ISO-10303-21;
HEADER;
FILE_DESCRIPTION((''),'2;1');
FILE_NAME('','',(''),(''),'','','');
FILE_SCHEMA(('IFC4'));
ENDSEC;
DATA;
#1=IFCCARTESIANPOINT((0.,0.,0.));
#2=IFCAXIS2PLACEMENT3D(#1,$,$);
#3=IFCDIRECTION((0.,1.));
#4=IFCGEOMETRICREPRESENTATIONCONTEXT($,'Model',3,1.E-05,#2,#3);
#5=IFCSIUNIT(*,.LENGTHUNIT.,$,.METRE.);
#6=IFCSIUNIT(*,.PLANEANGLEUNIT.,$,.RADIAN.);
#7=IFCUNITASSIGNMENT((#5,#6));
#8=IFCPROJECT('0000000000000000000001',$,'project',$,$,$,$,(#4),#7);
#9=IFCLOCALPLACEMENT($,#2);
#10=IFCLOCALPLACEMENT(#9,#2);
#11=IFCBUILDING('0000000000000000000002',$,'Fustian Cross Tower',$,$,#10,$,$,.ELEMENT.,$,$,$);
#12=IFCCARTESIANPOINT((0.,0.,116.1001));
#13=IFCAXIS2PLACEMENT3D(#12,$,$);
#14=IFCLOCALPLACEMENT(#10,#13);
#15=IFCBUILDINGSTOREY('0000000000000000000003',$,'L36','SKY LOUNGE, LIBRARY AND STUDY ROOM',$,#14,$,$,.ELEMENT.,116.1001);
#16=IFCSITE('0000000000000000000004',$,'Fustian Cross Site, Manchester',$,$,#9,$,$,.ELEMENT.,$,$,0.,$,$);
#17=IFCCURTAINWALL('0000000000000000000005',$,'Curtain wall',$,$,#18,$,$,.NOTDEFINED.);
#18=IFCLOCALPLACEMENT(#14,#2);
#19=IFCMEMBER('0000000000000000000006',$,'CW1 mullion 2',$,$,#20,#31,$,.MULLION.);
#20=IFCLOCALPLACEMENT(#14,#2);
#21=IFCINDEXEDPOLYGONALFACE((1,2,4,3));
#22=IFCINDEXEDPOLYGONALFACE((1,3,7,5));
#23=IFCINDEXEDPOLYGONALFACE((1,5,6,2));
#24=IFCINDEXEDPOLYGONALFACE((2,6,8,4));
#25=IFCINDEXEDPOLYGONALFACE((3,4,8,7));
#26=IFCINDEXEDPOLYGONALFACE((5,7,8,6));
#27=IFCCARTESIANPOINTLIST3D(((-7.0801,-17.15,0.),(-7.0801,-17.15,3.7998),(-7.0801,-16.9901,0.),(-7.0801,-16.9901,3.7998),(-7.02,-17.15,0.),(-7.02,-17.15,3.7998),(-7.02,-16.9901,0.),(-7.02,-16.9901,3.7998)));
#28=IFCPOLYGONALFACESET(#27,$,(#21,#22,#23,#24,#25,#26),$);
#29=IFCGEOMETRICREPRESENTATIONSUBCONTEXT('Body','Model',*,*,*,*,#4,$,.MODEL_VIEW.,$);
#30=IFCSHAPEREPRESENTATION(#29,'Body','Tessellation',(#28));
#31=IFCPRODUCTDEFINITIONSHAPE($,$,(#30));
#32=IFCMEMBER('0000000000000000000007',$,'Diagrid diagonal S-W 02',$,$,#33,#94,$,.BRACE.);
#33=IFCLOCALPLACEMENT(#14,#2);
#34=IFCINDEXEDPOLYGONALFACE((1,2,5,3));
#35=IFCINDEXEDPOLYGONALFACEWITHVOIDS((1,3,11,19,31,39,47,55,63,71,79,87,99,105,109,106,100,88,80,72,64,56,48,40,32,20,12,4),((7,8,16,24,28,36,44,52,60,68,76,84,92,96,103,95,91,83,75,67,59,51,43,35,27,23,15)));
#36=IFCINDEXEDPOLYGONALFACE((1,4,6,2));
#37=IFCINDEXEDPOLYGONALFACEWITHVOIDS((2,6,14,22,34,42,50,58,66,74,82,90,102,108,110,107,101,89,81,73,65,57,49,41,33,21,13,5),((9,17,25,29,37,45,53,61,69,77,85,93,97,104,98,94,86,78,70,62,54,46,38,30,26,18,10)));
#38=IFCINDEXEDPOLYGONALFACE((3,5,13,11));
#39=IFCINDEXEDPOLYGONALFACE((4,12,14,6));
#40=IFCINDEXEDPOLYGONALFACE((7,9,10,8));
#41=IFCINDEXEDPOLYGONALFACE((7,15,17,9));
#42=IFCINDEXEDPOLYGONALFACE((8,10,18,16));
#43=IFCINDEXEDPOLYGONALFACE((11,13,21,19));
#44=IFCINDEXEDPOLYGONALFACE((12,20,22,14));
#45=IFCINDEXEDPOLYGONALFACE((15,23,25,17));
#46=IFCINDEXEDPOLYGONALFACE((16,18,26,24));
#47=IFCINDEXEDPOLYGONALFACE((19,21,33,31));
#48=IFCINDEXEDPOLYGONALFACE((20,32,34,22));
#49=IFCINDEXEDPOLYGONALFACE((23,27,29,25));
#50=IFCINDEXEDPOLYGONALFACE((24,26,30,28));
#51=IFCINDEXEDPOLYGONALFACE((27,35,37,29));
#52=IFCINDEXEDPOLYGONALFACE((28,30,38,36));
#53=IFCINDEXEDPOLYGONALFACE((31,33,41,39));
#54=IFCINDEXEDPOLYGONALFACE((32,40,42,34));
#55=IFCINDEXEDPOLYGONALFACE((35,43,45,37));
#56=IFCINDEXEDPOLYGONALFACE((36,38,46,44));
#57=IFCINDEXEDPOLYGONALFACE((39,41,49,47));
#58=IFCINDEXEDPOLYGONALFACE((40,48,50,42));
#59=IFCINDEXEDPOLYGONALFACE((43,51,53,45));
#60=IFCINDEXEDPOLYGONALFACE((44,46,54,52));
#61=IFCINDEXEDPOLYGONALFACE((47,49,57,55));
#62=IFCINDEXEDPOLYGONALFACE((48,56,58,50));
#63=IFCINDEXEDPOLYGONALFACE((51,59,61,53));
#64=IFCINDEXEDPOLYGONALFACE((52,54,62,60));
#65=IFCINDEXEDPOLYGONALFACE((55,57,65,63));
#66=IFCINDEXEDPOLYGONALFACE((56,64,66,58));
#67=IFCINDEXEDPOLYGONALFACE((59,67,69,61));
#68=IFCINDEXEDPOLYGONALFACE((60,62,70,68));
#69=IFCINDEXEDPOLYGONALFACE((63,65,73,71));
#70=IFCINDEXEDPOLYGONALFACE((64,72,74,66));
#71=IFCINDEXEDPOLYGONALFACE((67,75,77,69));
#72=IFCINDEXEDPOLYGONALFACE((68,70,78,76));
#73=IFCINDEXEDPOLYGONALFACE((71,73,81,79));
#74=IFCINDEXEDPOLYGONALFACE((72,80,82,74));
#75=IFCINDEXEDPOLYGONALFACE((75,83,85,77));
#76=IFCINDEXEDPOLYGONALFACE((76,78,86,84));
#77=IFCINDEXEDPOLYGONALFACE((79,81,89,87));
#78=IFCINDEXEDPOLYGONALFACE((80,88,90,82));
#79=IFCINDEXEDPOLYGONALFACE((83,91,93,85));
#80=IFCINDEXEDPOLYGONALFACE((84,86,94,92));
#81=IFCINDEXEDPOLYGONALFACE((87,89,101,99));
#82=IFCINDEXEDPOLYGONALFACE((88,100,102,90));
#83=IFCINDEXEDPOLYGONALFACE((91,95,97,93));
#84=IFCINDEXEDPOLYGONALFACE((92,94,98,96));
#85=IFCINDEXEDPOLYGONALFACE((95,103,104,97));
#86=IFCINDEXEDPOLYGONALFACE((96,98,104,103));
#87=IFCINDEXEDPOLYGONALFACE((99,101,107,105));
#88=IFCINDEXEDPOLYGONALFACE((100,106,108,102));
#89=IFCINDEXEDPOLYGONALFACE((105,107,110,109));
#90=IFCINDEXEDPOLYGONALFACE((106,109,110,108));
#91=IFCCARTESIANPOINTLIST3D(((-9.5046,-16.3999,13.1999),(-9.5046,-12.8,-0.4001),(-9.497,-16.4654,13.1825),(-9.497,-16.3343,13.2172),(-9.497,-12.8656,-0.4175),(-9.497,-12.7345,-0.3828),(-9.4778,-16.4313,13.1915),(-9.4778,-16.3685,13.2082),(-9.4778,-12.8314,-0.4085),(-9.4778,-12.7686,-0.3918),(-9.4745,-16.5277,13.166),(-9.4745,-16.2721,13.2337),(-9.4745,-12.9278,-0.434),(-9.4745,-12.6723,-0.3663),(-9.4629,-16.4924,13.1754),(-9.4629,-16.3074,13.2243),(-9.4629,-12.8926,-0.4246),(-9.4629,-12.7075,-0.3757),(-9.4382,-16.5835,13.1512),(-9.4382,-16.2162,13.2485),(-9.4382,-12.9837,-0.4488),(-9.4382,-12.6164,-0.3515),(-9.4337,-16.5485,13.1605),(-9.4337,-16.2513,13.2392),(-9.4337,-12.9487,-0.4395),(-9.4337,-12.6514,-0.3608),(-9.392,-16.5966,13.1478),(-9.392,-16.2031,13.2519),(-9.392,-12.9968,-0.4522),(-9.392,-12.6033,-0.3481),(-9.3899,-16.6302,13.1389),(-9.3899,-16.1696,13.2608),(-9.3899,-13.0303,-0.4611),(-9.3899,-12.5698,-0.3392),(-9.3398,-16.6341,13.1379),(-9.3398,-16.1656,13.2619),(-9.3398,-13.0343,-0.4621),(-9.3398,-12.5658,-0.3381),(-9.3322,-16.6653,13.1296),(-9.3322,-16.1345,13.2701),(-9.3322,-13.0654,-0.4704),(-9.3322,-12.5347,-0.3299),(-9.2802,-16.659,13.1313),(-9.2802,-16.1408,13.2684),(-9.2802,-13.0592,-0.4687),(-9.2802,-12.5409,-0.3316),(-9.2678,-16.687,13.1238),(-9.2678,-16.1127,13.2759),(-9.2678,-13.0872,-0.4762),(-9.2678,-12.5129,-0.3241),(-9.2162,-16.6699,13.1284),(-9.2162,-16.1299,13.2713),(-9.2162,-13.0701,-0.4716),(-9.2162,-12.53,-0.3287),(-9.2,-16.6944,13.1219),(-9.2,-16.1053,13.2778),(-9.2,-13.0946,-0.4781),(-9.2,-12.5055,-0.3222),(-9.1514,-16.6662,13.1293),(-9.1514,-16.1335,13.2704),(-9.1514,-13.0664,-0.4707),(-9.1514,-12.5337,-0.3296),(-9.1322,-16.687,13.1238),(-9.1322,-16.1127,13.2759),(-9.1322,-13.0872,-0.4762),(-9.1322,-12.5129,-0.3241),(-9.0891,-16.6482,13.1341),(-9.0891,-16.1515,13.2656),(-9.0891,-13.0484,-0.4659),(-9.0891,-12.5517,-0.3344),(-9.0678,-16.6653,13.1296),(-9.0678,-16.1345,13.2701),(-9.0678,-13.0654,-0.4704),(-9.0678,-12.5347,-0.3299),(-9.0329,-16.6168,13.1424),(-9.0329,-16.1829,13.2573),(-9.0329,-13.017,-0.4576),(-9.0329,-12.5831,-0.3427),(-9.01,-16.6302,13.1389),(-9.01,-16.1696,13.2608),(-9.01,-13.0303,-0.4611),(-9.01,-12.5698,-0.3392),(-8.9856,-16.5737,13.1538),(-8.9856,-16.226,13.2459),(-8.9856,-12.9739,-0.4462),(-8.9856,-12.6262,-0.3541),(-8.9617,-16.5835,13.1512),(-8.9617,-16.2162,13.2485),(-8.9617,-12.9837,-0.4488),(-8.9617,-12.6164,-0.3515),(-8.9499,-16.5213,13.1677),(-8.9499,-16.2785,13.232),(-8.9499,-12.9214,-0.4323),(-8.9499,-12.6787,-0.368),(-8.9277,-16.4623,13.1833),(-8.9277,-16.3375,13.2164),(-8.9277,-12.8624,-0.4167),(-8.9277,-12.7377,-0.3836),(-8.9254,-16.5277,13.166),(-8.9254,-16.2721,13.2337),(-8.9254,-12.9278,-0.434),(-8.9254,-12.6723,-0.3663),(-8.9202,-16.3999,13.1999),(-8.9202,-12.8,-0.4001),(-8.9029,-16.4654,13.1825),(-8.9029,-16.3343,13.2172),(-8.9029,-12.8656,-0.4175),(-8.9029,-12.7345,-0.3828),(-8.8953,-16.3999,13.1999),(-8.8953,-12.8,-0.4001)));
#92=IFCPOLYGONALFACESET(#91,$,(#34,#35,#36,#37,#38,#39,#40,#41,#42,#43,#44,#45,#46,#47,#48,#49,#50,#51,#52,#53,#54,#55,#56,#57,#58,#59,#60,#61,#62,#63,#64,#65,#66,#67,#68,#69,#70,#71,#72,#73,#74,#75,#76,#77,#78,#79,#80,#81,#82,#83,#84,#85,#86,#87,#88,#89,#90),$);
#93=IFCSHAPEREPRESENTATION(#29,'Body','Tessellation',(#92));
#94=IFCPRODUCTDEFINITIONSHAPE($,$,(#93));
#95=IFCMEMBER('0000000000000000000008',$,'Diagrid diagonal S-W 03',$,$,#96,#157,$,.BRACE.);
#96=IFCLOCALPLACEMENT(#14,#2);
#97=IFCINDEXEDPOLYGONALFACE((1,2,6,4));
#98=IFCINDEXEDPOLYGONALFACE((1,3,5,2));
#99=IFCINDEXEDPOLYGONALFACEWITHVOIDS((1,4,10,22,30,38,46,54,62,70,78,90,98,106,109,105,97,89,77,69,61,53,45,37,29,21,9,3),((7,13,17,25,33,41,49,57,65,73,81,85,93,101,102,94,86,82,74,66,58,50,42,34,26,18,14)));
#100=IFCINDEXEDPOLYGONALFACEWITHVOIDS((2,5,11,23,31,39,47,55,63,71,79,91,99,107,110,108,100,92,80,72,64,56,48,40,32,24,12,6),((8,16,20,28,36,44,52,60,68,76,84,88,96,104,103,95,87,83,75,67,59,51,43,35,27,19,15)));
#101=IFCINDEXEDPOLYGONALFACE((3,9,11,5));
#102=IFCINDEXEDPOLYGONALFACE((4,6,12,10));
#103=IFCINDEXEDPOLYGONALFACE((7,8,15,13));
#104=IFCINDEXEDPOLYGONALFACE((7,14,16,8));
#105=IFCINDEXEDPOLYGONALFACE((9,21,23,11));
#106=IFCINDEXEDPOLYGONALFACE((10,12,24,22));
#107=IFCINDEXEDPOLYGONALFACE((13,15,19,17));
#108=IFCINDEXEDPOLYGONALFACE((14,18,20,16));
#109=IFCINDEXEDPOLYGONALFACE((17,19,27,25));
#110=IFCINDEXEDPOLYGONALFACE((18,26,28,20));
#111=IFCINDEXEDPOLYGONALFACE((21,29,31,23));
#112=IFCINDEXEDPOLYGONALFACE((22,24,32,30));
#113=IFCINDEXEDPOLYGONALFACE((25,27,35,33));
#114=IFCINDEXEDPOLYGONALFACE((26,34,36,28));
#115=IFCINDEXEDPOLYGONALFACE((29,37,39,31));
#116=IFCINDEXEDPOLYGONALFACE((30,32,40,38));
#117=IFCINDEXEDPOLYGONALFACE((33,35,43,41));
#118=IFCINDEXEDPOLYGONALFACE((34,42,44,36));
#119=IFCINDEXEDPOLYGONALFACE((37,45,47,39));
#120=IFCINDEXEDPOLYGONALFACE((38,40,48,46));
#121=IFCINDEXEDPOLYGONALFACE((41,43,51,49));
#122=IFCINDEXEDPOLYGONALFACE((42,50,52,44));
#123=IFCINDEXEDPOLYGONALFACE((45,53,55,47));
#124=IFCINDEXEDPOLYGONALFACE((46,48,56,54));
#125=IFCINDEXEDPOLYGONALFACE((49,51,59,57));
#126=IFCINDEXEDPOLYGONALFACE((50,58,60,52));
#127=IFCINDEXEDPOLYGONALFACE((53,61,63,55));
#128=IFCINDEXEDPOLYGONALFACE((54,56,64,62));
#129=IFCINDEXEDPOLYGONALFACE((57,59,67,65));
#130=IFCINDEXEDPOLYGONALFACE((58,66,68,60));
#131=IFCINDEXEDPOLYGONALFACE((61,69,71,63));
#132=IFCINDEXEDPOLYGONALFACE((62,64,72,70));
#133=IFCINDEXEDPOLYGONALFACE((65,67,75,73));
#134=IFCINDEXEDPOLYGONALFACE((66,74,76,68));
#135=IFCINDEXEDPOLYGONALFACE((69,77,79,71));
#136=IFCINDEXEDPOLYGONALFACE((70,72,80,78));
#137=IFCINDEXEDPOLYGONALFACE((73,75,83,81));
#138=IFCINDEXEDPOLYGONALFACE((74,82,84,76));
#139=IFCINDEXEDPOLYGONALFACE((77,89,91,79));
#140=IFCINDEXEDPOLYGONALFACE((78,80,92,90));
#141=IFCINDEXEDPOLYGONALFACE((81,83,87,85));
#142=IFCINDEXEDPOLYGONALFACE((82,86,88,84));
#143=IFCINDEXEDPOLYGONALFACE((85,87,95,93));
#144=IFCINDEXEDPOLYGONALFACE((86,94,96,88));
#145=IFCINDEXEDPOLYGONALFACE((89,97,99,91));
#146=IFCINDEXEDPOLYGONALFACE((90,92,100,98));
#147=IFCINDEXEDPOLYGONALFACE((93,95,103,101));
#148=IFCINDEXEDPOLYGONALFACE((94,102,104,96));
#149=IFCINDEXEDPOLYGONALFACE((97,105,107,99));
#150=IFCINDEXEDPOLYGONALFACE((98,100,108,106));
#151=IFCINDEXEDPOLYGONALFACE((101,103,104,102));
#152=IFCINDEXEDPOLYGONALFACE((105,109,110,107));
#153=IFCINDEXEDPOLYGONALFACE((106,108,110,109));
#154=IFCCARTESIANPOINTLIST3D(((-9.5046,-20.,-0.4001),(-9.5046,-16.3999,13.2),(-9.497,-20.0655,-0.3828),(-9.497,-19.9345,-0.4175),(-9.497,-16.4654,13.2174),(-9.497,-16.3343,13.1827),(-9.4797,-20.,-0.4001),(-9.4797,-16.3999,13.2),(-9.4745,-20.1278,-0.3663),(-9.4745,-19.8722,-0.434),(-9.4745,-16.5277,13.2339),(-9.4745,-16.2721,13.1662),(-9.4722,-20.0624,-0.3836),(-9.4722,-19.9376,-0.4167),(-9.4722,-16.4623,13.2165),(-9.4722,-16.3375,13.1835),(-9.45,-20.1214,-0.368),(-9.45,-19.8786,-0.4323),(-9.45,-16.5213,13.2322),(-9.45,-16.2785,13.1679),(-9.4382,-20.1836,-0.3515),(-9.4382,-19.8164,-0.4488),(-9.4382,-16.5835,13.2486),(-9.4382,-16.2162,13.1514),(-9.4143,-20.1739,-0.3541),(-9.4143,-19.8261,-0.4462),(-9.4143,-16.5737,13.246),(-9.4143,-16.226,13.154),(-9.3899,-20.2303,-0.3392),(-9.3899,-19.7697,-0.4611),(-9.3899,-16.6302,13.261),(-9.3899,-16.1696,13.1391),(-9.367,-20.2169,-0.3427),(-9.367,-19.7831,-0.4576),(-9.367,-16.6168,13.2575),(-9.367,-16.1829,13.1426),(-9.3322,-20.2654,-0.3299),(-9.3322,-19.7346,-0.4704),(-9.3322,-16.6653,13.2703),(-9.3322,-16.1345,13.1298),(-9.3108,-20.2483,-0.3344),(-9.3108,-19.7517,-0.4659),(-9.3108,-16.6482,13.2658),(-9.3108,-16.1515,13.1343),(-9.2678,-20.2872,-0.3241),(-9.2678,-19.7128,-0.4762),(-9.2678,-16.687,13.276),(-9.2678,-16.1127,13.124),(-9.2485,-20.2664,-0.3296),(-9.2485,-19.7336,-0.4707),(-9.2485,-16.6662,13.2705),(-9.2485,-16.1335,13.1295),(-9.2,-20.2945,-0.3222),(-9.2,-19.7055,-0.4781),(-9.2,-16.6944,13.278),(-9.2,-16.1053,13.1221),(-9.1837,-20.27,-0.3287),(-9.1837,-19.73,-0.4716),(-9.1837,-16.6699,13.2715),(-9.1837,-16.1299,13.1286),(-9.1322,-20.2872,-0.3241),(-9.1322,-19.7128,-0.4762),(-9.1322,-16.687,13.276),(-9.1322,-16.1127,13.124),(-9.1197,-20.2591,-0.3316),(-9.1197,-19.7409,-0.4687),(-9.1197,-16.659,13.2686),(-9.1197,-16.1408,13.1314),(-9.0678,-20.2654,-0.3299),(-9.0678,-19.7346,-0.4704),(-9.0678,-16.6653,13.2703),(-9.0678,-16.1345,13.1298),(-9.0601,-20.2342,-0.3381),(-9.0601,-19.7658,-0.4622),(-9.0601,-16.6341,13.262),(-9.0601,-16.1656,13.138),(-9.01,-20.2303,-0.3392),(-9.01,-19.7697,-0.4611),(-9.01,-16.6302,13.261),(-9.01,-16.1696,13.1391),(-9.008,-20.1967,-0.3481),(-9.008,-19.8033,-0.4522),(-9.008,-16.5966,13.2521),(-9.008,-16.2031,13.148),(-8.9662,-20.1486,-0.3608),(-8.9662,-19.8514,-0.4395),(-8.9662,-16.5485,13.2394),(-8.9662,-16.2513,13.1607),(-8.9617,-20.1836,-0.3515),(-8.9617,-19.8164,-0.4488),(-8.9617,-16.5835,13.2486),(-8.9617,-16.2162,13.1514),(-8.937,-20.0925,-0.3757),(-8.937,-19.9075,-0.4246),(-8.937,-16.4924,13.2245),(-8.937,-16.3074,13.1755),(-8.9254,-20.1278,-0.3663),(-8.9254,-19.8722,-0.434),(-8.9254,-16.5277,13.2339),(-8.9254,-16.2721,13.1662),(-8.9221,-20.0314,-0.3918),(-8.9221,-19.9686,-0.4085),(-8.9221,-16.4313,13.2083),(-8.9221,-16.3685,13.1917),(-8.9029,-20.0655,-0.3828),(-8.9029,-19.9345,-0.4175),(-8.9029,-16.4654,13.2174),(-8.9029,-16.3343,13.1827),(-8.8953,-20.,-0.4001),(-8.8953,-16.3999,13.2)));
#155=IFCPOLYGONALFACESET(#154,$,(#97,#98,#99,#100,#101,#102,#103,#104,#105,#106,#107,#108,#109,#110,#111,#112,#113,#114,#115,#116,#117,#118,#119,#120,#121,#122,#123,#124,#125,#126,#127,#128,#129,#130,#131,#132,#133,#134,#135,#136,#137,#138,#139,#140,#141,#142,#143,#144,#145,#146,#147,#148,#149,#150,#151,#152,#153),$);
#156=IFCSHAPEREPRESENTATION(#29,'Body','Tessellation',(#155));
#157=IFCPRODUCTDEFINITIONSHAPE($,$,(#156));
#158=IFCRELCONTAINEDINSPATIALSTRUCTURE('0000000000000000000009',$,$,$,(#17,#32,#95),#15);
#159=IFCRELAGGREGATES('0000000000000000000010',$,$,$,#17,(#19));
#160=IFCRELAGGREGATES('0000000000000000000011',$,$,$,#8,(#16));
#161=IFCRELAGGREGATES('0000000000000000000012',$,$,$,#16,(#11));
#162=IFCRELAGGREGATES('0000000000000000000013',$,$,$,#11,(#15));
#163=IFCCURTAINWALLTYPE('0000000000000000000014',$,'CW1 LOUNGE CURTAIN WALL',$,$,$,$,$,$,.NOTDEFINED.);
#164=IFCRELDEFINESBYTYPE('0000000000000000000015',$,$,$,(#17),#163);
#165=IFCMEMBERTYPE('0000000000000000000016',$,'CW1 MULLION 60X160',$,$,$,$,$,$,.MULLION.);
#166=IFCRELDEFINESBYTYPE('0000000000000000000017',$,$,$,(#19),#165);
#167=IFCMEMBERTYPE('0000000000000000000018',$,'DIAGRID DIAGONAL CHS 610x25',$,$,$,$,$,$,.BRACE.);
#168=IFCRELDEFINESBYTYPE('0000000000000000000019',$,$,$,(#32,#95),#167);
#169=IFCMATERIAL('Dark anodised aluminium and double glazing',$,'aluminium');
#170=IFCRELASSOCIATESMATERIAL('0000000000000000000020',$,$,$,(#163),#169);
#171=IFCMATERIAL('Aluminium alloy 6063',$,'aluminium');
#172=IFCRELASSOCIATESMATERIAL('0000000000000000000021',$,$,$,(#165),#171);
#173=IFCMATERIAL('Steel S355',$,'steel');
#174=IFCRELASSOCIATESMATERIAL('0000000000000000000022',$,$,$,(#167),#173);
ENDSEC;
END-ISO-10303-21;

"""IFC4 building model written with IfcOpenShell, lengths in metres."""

from ifc_helpers import new_model, si_unit, direction, frame, origin, origin_2d, place, context, subcontext, project, spatial, rectangle, hollow_circle, extrude, material, material_profile, profile_set, type_object, element, aggregate, save


model = new_model("IFC4")

# Units and contexts
model_context = context("Model", 3, precision=1e-05, world=origin(), true_north=direction((0.0, 1.0)))
body_context = subcontext(model_context, "Body", "Model", "MODEL_VIEW")
ifc_project = project(units=[si_unit("LENGTHUNIT", "METRE"), si_unit("PLANEANGLEUNIT", "RADIAN")], contexts=[model_context])

# Site, building, storey
site_placement = place(None, origin())
site = spatial("IfcSite", under=ifc_project, at=site_placement, Name="Fustian Cross Site, Manchester", CompositionType="ELEMENT", RefElevation=0.0)
building_placement = place(site_placement, origin())
building = spatial("IfcBuilding", under=site, at=building_placement, Name="Fustian Cross Tower", CompositionType="ELEMENT")
storey_placement = place(building_placement, frame((0.0, 0.0, 116.1001)))
storey = spatial("IfcBuildingStorey", under=building, at=storey_placement, Name="L36", Description="SKY LOUNGE, LIBRARY AND STUDY ROOM", CompositionType="ELEMENT", Elevation=116.1001)

# Curtain wall, member
ifc_material_1 = material(Name="Dark anodised aluminium and double glazing", Category="aluminium")
curtain_wall_type = type_object("IfcCurtainWallType", Name="CW1 LOUNGE CURTAIN WALL", PredefinedType="NOTDEFINED", material=ifc_material_1)
curtain_wall_placement = place(storey_placement, origin())
curtain_wall = element("IfcCurtainWall", 1, at=curtain_wall_placement, inside=storey, type_object=curtain_wall_type, Name="Curtain wall", PredefinedType="NOTDEFINED")
ifc_material_2 = material(Name="Aluminium alloy 6063", Category="aluminium")
ifc_material_profile_1 = material_profile(ifc_material_2, rectangle(XDim=0.0601, YDim=0.1599, at=origin_2d()), Name="CW1 MULLION 60X160")
ifc_profile_set_1 = profile_set([ifc_material_profile_1], Name="Aluminium alloy 6063")
member_type_1 = type_object("IfcMemberType", Name="CW1 MULLION 60X160", PredefinedType="MULLION", material=ifc_profile_set_1)
member_1_placement = place(storey_placement, frame((-7.05, -17.0701, 0.0), z_axis=(0.0, 0.0, 1.0), x_axis=(1.0, 0.0, 0.0)))
member_1 = element("IfcMember", 2, at=member_1_placement, type_object=member_type_1, Name="CW1 mullion 2", PredefinedType="MULLION", context=body_context, shape_type="SweptSolid", body=[
    extrude(rectangle(XDim=0.0601, YDim=0.1599, at=origin_2d()), origin(), (0.0, 0.0, 1.0), 3.7998),
])
aggregate(curtain_wall, [member_1])

# Members
ifc_material_3 = material(Name="Steel S355", Category="steel")
ifc_material_profile_2 = material_profile(ifc_material_3, hollow_circle(Radius=0.3047, WallThickness=0.0249, at=origin_2d()), Name="CHS 610x25")
ifc_profile_set_2 = profile_set([ifc_material_profile_2], Name="Steel S355")
member_type_2 = type_object("IfcMemberType", Name="DIAGRID DIAGONAL CHS 610x25", PredefinedType="BRACE", material=ifc_profile_set_2)
member_2_placement = place(storey_placement, frame((-9.2, -12.8, -0.4001), z_axis=(0.0, -0.255881, 0.966708), x_axis=(1.0, 0.0, 0.0)))
element("IfcMember", 3, at=member_2_placement, inside=storey, type_object=member_type_2, Name="Diagrid diagonal S-W 02", PredefinedType="BRACE", context=body_context, shape_type="SweptSolid", body=[
    extrude(hollow_circle(Radius=0.3047, WallThickness=0.0249, at=origin_2d()), origin(), (0.0, 0.0, 1.0), 14.0684),
])
member_3_placement = place(storey_placement, frame((-9.2, -20.0, -0.4001), z_axis=(0.0, 0.255897, 0.966704), x_axis=(-1.0, 0.0, 0.0)))
element("IfcMember", 4, at=member_3_placement, inside=storey, type_object=member_type_2, Name="Diagrid diagonal S-W 03", PredefinedType="BRACE", context=body_context, shape_type="SweptSolid", body=[
    extrude(hollow_circle(Radius=0.3047, WallThickness=0.0249, at=origin_2d()), origin(), (0.0, 0.0, 1.0), 14.0686),
])

save(model, "model.ifc")
